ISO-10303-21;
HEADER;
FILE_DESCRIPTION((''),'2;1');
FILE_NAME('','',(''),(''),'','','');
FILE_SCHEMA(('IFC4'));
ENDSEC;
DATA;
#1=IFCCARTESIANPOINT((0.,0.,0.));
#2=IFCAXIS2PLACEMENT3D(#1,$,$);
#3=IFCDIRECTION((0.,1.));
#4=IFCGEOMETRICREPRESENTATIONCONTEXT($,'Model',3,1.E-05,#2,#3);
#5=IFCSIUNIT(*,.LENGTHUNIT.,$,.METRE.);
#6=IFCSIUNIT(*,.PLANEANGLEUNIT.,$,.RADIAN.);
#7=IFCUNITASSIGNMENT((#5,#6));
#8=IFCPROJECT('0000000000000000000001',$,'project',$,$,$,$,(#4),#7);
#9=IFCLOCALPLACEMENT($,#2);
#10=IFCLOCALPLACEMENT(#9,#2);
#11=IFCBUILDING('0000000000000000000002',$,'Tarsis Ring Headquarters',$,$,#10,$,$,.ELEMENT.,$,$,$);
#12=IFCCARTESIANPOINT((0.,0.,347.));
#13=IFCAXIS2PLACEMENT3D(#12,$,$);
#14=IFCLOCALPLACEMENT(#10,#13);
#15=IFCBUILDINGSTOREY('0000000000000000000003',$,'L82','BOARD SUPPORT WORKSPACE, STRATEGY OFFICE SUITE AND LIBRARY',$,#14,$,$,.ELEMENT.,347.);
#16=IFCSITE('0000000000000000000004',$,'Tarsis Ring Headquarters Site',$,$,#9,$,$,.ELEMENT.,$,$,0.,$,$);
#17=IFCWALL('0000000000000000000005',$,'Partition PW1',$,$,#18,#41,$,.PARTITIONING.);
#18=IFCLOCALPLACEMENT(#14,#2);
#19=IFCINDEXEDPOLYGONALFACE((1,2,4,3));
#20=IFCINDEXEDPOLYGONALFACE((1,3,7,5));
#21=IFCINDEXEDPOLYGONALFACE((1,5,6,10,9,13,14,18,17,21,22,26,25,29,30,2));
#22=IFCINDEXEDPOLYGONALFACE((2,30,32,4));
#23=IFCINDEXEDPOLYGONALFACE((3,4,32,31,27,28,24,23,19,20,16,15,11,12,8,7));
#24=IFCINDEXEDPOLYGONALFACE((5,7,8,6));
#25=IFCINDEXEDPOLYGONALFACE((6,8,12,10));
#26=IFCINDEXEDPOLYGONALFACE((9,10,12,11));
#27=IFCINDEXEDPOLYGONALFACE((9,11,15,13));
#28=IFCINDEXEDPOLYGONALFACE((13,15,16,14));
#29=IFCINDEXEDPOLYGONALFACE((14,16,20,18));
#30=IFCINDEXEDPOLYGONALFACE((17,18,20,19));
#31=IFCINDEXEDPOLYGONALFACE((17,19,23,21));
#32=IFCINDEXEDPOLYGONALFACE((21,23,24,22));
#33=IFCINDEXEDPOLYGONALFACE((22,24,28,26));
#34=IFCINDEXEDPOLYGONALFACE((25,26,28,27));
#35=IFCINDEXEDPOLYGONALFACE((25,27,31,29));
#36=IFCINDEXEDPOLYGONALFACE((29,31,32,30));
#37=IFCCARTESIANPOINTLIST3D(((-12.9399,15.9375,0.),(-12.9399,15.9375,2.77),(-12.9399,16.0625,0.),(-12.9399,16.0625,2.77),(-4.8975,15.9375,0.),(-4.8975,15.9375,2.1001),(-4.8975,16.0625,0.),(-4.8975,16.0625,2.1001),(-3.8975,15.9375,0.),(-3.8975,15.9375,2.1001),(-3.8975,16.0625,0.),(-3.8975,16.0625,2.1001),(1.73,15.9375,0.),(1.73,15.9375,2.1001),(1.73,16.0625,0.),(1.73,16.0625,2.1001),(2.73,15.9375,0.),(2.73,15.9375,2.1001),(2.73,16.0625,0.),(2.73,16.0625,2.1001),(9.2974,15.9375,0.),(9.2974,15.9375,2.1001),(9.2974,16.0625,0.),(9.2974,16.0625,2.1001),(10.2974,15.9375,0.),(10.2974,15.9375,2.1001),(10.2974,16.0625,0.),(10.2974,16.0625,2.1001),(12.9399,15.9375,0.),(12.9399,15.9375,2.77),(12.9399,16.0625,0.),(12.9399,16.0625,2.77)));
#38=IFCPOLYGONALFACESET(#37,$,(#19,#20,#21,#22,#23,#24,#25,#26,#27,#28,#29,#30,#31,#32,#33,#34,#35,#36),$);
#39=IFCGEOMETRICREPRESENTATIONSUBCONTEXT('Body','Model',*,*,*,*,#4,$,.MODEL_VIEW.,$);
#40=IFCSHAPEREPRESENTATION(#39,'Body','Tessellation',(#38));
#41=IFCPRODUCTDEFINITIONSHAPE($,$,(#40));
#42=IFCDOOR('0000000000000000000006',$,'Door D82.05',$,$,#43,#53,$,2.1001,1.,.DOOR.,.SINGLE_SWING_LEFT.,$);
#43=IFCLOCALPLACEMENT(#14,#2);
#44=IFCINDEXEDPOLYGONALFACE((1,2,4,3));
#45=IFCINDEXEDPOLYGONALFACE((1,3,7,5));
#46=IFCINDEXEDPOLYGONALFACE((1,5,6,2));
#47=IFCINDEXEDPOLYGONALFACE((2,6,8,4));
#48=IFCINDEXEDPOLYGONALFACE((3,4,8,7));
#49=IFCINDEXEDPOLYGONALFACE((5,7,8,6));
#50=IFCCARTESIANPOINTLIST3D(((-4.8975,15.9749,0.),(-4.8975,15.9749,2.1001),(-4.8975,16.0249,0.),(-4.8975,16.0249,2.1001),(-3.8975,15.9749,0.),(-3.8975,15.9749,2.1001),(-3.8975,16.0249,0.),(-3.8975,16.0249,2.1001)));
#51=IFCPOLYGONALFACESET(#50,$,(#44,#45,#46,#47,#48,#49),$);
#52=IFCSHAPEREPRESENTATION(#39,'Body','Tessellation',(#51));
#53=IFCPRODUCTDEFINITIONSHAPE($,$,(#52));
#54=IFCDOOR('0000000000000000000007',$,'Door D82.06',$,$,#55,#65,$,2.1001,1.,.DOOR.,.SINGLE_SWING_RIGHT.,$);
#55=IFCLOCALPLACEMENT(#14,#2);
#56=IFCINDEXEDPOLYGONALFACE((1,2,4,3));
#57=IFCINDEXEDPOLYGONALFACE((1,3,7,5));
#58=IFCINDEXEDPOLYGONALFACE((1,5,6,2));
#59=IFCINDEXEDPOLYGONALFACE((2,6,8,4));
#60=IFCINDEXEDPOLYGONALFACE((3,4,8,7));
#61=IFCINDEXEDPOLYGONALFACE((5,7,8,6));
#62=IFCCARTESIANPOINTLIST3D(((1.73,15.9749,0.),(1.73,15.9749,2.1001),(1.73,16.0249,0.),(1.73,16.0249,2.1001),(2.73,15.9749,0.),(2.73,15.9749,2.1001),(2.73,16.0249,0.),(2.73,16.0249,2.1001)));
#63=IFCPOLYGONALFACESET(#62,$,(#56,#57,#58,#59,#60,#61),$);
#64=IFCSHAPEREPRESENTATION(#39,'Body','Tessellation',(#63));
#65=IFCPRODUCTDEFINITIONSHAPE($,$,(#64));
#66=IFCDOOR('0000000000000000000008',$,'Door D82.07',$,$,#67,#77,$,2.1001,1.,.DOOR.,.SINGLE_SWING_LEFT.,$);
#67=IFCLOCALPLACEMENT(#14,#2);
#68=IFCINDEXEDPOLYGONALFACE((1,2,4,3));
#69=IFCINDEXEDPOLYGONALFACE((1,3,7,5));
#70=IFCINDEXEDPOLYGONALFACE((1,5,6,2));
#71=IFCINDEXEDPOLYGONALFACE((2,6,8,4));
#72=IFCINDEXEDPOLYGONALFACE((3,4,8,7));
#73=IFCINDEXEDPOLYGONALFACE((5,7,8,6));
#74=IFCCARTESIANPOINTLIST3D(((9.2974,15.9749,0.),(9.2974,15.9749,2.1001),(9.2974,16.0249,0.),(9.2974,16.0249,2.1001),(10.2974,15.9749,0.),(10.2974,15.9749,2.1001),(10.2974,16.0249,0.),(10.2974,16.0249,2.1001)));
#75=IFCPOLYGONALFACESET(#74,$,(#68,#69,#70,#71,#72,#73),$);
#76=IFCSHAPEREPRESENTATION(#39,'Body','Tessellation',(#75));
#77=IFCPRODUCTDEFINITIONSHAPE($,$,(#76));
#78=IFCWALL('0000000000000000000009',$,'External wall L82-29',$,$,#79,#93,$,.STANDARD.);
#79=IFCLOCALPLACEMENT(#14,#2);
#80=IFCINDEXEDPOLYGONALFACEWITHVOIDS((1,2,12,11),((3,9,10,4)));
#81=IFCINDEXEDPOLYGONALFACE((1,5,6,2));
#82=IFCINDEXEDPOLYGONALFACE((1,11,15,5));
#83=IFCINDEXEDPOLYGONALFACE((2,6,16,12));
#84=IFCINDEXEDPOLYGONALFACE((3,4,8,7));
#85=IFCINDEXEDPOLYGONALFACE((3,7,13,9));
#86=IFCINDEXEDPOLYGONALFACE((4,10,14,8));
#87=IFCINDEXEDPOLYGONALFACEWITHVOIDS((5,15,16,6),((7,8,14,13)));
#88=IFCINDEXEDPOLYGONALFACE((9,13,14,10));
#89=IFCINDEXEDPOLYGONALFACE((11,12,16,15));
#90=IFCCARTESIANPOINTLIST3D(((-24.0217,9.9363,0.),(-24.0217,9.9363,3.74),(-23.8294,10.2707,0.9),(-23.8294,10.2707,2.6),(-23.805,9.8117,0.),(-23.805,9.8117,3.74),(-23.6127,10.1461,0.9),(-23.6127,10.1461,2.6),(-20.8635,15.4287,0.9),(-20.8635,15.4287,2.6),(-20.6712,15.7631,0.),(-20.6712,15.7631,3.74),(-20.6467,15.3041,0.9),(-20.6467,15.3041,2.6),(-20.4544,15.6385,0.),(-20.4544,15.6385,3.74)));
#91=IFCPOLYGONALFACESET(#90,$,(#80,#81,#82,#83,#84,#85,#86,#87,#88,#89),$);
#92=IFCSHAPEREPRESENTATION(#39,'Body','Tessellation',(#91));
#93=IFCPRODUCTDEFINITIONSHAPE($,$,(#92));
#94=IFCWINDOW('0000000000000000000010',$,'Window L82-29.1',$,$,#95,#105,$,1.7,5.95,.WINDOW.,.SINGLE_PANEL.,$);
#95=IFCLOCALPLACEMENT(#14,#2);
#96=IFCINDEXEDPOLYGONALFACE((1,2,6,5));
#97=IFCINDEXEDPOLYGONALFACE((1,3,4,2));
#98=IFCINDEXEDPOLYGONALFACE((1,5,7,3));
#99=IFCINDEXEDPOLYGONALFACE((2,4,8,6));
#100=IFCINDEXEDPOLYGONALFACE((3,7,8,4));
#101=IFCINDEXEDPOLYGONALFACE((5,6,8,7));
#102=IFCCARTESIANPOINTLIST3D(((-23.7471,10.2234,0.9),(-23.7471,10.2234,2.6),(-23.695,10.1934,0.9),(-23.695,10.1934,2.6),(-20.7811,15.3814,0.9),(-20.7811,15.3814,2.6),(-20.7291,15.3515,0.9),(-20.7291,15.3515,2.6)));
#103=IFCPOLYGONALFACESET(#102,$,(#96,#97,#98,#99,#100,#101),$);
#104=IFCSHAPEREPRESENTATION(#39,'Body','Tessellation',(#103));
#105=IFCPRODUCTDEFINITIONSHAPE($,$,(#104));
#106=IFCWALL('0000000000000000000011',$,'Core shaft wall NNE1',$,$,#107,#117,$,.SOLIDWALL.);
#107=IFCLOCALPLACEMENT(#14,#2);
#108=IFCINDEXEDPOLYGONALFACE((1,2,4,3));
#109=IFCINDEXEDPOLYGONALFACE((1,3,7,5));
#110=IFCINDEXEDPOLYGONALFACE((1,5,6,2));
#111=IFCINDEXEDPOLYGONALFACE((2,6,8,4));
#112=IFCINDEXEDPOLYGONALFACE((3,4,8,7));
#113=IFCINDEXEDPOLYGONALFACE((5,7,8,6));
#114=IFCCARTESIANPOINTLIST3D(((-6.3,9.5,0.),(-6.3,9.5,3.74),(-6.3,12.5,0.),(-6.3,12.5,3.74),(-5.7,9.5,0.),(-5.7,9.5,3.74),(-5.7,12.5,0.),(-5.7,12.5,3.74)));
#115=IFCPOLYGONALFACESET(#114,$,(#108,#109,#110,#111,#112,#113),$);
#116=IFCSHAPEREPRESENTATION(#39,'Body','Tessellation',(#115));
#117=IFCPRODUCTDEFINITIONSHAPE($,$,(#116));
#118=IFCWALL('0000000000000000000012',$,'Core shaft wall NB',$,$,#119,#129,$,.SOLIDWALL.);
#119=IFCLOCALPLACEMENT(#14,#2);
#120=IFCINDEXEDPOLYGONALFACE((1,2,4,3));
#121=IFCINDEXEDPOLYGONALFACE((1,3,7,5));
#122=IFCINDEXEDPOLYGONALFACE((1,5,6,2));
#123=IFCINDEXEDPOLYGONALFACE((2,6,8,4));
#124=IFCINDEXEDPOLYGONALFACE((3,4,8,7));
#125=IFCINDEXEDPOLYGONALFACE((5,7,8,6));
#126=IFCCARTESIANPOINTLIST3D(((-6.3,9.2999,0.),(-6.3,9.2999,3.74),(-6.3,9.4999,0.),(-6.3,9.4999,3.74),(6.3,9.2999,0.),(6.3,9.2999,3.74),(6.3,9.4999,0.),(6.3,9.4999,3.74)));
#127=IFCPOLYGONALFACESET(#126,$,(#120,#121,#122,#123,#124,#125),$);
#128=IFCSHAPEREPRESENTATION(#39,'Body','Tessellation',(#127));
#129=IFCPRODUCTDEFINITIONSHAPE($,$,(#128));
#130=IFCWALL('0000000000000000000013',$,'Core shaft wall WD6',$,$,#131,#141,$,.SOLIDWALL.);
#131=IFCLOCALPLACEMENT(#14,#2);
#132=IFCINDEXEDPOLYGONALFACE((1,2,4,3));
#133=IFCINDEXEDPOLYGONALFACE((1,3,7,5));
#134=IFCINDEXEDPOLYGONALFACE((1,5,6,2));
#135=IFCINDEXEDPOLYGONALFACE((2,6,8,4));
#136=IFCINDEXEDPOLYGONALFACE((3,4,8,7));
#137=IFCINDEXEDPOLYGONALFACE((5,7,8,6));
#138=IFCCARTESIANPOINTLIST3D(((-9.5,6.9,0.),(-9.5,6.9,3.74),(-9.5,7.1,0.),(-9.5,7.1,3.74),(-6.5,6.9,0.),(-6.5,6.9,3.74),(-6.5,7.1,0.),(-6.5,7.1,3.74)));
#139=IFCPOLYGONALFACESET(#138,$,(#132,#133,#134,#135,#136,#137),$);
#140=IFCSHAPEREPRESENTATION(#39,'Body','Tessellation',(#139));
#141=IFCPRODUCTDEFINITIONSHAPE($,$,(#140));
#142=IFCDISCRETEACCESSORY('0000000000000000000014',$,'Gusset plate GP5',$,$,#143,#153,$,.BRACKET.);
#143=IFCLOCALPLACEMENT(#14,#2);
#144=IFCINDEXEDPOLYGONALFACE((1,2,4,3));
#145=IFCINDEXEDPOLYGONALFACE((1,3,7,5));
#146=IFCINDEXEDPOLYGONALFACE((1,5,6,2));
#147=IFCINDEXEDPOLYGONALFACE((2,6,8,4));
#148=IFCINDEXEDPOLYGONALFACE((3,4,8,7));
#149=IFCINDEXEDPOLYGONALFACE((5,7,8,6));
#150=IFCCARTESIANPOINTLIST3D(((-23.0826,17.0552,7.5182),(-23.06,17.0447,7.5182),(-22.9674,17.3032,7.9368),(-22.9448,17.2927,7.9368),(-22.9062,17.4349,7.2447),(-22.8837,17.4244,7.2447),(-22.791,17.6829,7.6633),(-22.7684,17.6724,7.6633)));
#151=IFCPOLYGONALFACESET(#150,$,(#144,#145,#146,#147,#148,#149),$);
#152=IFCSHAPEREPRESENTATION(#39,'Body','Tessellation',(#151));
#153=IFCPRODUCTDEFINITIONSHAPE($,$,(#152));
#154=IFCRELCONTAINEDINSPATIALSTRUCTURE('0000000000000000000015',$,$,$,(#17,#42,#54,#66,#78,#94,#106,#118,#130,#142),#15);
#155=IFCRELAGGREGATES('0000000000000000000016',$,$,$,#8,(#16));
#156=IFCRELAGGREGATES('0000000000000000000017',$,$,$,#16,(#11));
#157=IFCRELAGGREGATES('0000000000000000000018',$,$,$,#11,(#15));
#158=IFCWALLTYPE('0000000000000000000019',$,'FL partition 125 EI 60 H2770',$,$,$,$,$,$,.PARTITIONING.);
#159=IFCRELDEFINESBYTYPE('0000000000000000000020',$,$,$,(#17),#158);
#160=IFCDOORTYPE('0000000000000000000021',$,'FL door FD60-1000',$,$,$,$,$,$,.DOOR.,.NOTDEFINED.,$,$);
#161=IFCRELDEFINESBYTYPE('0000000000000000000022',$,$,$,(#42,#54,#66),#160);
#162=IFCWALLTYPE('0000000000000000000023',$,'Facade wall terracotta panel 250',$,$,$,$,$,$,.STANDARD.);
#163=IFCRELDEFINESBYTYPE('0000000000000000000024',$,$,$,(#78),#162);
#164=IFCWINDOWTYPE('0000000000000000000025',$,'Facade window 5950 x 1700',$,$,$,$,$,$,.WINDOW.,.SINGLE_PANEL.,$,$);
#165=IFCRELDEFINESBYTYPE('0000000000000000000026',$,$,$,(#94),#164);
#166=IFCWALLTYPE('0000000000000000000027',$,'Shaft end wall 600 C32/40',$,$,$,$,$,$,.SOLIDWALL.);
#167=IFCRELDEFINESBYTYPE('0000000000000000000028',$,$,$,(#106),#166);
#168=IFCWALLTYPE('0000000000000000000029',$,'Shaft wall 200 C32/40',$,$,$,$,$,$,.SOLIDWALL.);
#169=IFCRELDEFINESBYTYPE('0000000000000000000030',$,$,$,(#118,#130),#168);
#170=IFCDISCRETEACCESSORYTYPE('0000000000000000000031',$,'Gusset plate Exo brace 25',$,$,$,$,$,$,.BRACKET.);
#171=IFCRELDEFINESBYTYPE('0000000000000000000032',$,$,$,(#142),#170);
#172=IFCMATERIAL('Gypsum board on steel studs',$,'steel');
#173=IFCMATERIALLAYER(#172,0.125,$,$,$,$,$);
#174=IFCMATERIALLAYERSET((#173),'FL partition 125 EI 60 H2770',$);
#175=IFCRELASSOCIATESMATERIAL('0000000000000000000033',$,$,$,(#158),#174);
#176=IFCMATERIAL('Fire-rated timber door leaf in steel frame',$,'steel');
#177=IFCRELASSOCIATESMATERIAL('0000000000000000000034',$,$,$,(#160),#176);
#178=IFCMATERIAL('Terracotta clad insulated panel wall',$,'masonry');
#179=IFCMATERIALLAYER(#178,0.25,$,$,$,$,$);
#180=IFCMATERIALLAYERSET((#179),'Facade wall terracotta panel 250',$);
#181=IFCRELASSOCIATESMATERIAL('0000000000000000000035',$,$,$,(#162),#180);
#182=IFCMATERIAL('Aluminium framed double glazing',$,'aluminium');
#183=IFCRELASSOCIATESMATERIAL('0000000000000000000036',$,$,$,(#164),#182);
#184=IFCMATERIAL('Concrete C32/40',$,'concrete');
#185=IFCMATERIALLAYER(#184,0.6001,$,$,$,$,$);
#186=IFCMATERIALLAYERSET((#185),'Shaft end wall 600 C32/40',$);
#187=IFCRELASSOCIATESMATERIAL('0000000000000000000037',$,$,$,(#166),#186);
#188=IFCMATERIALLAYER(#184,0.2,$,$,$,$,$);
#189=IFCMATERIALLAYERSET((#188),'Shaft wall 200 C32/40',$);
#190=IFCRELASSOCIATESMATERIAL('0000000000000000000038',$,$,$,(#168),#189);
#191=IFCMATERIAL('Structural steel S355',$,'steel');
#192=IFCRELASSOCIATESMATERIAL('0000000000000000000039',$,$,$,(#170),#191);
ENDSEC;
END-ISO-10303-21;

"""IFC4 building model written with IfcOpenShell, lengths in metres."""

from ifc_helpers import new_model, si_unit, direction, frame, frame_2d, origin, origin_2d, place, context, subcontext, project, spatial, rectangle, extrude, material, layer, layer_set, material_profile, profile_set, type_object, element, fill, save


model = new_model("IFC4")

# Units and contexts
model_context = context("Model", 3, precision=1e-05, world=origin(), true_north=direction((0.0, 1.0)))
body_context = subcontext(model_context, "Body", "Model", "MODEL_VIEW")
ifc_project = project(units=[si_unit("LENGTHUNIT", "METRE"), si_unit("PLANEANGLEUNIT", "RADIAN")], contexts=[model_context])

# Site, building, storey
site_placement = place(None, origin())
site = spatial("IfcSite", under=ifc_project, at=site_placement, Name="Tarsis Ring Headquarters Site", CompositionType="ELEMENT", RefElevation=0.0)
building_placement = place(site_placement, origin())
building = spatial("IfcBuilding", under=site, at=building_placement, Name="Tarsis Ring Headquarters", CompositionType="ELEMENT")
storey_placement = place(building_placement, frame((0.0, 0.0, 347.0)))
storey = spatial("IfcBuildingStorey", under=building, at=storey_placement, Name="L82", Description="BOARD SUPPORT WORKSPACE, STRATEGY OFFICE SUITE AND LIBRARY", CompositionType="ELEMENT", Elevation=347.0)

# Shared definitions
ifc_material_1 = material(Name="Structural steel S355", Category="steel")

# Wall, openings, doors
ifc_material_2 = material(Name="Gypsum board on steel studs", Category="steel")
ifc_layer_1 = layer(ifc_material_2, 0.125)
ifc_layer_set_1 = layer_set([ifc_layer_1], Name="FL partition 125 EI 60 H2770")
wall_type_1 = type_object("IfcWallType", Name="FL partition 125 EI 60 H2770", PredefinedType="PARTITIONING", material=ifc_layer_set_1)
wall_1_placement = place(storey_placement, frame((-12.9399, 16.0, 0.0), z_axis=(0.0, 0.0, 1.0), x_axis=(1.0, 0.0, 0.0)))
wall_1 = element("IfcWall", 1, at=wall_1_placement, inside=storey, type_object=wall_type_1, Name="Partition PW1", PredefinedType="PARTITIONING", context=body_context, shape_type="SweptSolid", body=[
    extrude(rectangle(XDim=25.8799, YDim=0.125, at=frame_2d((12.9399, 0.0))), origin(), (0.0, 0.0, 1.0), 2.77),
])
opening_1_placement = place(wall_1_placement, frame((8.0425, 0.0, 0.0)))
opening_1 = element("IfcOpeningElement", 2, at=opening_1_placement, cuts=wall_1, PredefinedType="OPENING", context=body_context, shape_type="SweptSolid", body=[
    extrude(rectangle(XDim=1.0, YDim=2.1001, at=frame_2d((0.5, 1.05))), frame((0.0, 0.0725, 0.0), z_axis=(0.0, -1.0, 0.0), x_axis=(1.0, 0.0, 0.0)), (0.0, 0.0, 1.0), 0.145),
])
opening_2_placement = place(wall_1_placement, frame((14.6699, 0.0, 0.0)))
opening_2 = element("IfcOpeningElement", 3, at=opening_2_placement, cuts=wall_1, PredefinedType="OPENING", context=body_context, shape_type="SweptSolid", body=[
    extrude(rectangle(XDim=1.0, YDim=2.1001, at=frame_2d((0.5, 1.05))), frame((0.0, 0.0725, 0.0), z_axis=(0.0, -1.0, 0.0), x_axis=(1.0, 0.0, 0.0)), (0.0, 0.0, 1.0), 0.145),
])
opening_3_placement = place(wall_1_placement, frame((22.2373, 0.0, 0.0)))
opening_3 = element("IfcOpeningElement", 4, at=opening_3_placement, cuts=wall_1, PredefinedType="OPENING", context=body_context, shape_type="SweptSolid", body=[
    extrude(rectangle(XDim=1.0, YDim=2.1001, at=frame_2d((0.5, 1.05))), frame((0.0, 0.0725, 0.0), z_axis=(0.0, -1.0, 0.0), x_axis=(1.0, 0.0, 0.0)), (0.0, 0.0, 1.0), 0.145),
])
ifc_material_3 = material(Name="Fire-rated timber door leaf in steel frame", Category="steel")
door_type_1 = type_object("IfcDoorType", Name="FL door FD60-1000", OperationType="NOTDEFINED", PredefinedType="DOOR", material=ifc_material_3)
door_1_placement = place(opening_1_placement, origin())
door_1 = element("IfcDoor", 5, at=door_1_placement, inside=storey, type_object=door_type_1, Name="Door D82.05", OperationType="SINGLE_SWING_LEFT", OverallHeight=2.1001, OverallWidth=1.0, PredefinedType="DOOR", context=body_context, shape_type="SweptSolid", body=[
    extrude(rectangle(XDim=1.0, YDim=2.1001, at=frame_2d((0.5, 1.05))), frame((0.0, 0.0249, 0.0), z_axis=(0.0, -1.0, 0.0), x_axis=(1.0, 0.0, 0.0)), (0.0, 0.0, 1.0), 0.05),
])
fill(opening_1, door_1)
door_2_placement = place(opening_2_placement, origin())
door_2 = element("IfcDoor", 6, at=door_2_placement, inside=storey, type_object=door_type_1, Name="Door D82.06", OperationType="SINGLE_SWING_RIGHT", OverallHeight=2.1001, OverallWidth=1.0, PredefinedType="DOOR", context=body_context, shape_type="SweptSolid", body=[
    extrude(rectangle(XDim=1.0, YDim=2.1001, at=frame_2d((0.5, 1.05))), frame((0.0, 0.0249, 0.0), z_axis=(0.0, -1.0, 0.0), x_axis=(1.0, 0.0, 0.0)), (0.0, 0.0, 1.0), 0.05),
])
fill(opening_2, door_2)
door_3_placement = place(opening_3_placement, origin())
door_3 = element("IfcDoor", 7, at=door_3_placement, inside=storey, type_object=door_type_1, Name="Door D82.07", OperationType="SINGLE_SWING_LEFT", OverallHeight=2.1001, OverallWidth=1.0, PredefinedType="DOOR", context=body_context, shape_type="SweptSolid", body=[
    extrude(rectangle(XDim=1.0, YDim=2.1001, at=frame_2d((0.5, 1.05))), frame((0.0, 0.0249, 0.0), z_axis=(0.0, -1.0, 0.0), x_axis=(1.0, 0.0, 0.0)), (0.0, 0.0, 1.0), 0.05),
])
fill(opening_3, door_3)

# Wall, opening, window
ifc_material_4 = material(Name="Terracotta clad insulated panel wall", Category="masonry")
ifc_layer_2 = layer(ifc_material_4, 0.25)
ifc_layer_set_2 = layer_set([ifc_layer_2], Name="Facade wall terracotta panel 250")
wall_type_2 = type_object("IfcWallType", Name="Facade wall terracotta panel 250", PredefinedType="STANDARD", material=ifc_layer_set_2)
wall_2_placement = place(storey_placement, frame((-20.5627, 15.7009, 0.0), z_axis=(0.0, 0.0, 1.0), x_axis=(-0.498484, -0.866899, 0.0)))
wall_2 = element("IfcWall", 8, at=wall_2_placement, inside=storey, type_object=wall_type_2, Name="External wall L82-29", PredefinedType="STANDARD", context=body_context, shape_type="SweptSolid", body=[
    extrude(rectangle(XDim=6.7214, YDim=0.25, at=frame_2d((3.3608, 0.0))), origin(), (0.0, 0.0, 1.0), 3.74),
])
opening_4_placement = place(wall_2_placement, frame((0.3857, 0.0, 0.8999)))
opening_4 = element("IfcOpeningElement", 9, at=opening_4_placement, cuts=wall_2, PredefinedType="OPENING", context=body_context, shape_type="SweptSolid", body=[
    extrude(rectangle(XDim=5.95, YDim=1.7, at=frame_2d((2.9751, 0.8501))), frame((0.0, 0.135, 0.0), z_axis=(0.0, -1.0, 0.0), x_axis=(1.0, 0.0, 0.0)), (0.0, 0.0, 1.0), 0.27),
])
ifc_material_5 = material(Name="Aluminium framed double glazing", Category="aluminium")
window_type = type_object("IfcWindowType", Name="Facade window 5950 x 1700", PartitioningType="SINGLE_PANEL", PredefinedType="WINDOW", material=ifc_material_5)
window_placement = place(opening_4_placement, origin())
window = element("IfcWindow", 10, at=window_placement, inside=storey, type_object=window_type, Name="Window L82-29.1", OverallHeight=1.7, OverallWidth=5.95, PartitioningType="SINGLE_PANEL", PredefinedType="WINDOW", context=body_context, shape_type="SweptSolid", body=[
    extrude(rectangle(XDim=5.95, YDim=1.7, at=frame_2d((2.9751, 0.8501))), frame((0.0, 0.03, 0.0), z_axis=(0.0, -1.0, 0.0), x_axis=(1.0, 0.0, 0.0)), (0.0, 0.0, 1.0), 0.0601),
])
fill(opening_4, window)

# Walls
ifc_material_6 = material(Name="Concrete C32/40", Category="concrete")
ifc_layer_3 = layer(ifc_material_6, 0.6001)
ifc_layer_set_3 = layer_set([ifc_layer_3], Name="Shaft end wall 600 C32/40")
wall_type_3 = type_object("IfcWallType", Name="Shaft end wall 600 C32/40", PredefinedType="SOLIDWALL", material=ifc_layer_set_3)
wall_3_placement = place(storey_placement, frame((-6.0, 9.5, 0.0), z_axis=(0.0, 0.0, 1.0), x_axis=(0.0, 1.0, 0.0)))
element("IfcWall", 11, at=wall_3_placement, inside=storey, type_object=wall_type_3, Name="Core shaft wall NNE1", PredefinedType="SOLIDWALL", context=body_context, shape_type="SweptSolid", body=[
    extrude(rectangle(XDim=3.0, YDim=0.6001, at=frame_2d((1.5, 0.0))), origin(), (0.0, 0.0, 1.0), 3.74),
])
ifc_layer_4 = layer(ifc_material_6, 0.2)
ifc_layer_set_4 = layer_set([ifc_layer_4], Name="Shaft wall 200 C32/40")
wall_type_4 = type_object("IfcWallType", Name="Shaft wall 200 C32/40", PredefinedType="SOLIDWALL", material=ifc_layer_set_4)
wall_4_placement = place(storey_placement, frame((-6.3, 9.3999, 0.0), z_axis=(0.0, 0.0, 1.0), x_axis=(1.0, 0.0, 0.0)))
element("IfcWall", 12, at=wall_4_placement, inside=storey, type_object=wall_type_4, Name="Core shaft wall NB", PredefinedType="SOLIDWALL", context=body_context, shape_type="SweptSolid", body=[
    extrude(rectangle(XDim=12.6001, YDim=0.2, at=frame_2d((6.3, 0.0))), origin(), (0.0, 0.0, 1.0), 3.74),
])
wall_5_placement = place(storey_placement, frame((-9.5, 7.0, 0.0), z_axis=(0.0, 0.0, 1.0), x_axis=(1.0, 0.0, 0.0)))
element("IfcWall", 13, at=wall_5_placement, inside=storey, type_object=wall_type_4, Name="Core shaft wall WD6", PredefinedType="SOLIDWALL", context=body_context, shape_type="SweptSolid", body=[
    extrude(rectangle(XDim=3.0, YDim=0.2, at=frame_2d((1.5, 0.0))), origin(), (0.0, 0.0, 1.0), 3.74),
])

# Discrete accessory
ifc_material_profile_1 = material_profile(ifc_material_1, rectangle(XDim=0.0249, YDim=0.5, at=origin_2d()), Name="PL 25x500")
ifc_profile_set_1 = profile_set([ifc_material_profile_1], Name="Structural steel S355")
discrete_accessory_type = type_object("IfcDiscreteAccessoryType", Name="Gusset plate Exo brace 25", PredefinedType="BRACKET", material=ifc_profile_set_1)
discrete_accessory_placement = place(storey_placement, frame((-22.8679, 17.4878, 7.8), z_axis=(-0.230415, -0.495978, -0.837207), x_axis=(0.906912, -0.421321, 0.0)))
element("IfcDiscreteAccessory", 14, at=discrete_accessory_placement, inside=storey, type_object=discrete_accessory_type, Name="Gusset plate GP5", PredefinedType="BRACKET", context=body_context, shape_type="SweptSolid", body=[
    extrude(rectangle(XDim=0.0249, YDim=0.5, at=origin_2d()), origin(), (0.0, 0.0, 1.0), 0.5),
])

save(model, "model.ifc")
